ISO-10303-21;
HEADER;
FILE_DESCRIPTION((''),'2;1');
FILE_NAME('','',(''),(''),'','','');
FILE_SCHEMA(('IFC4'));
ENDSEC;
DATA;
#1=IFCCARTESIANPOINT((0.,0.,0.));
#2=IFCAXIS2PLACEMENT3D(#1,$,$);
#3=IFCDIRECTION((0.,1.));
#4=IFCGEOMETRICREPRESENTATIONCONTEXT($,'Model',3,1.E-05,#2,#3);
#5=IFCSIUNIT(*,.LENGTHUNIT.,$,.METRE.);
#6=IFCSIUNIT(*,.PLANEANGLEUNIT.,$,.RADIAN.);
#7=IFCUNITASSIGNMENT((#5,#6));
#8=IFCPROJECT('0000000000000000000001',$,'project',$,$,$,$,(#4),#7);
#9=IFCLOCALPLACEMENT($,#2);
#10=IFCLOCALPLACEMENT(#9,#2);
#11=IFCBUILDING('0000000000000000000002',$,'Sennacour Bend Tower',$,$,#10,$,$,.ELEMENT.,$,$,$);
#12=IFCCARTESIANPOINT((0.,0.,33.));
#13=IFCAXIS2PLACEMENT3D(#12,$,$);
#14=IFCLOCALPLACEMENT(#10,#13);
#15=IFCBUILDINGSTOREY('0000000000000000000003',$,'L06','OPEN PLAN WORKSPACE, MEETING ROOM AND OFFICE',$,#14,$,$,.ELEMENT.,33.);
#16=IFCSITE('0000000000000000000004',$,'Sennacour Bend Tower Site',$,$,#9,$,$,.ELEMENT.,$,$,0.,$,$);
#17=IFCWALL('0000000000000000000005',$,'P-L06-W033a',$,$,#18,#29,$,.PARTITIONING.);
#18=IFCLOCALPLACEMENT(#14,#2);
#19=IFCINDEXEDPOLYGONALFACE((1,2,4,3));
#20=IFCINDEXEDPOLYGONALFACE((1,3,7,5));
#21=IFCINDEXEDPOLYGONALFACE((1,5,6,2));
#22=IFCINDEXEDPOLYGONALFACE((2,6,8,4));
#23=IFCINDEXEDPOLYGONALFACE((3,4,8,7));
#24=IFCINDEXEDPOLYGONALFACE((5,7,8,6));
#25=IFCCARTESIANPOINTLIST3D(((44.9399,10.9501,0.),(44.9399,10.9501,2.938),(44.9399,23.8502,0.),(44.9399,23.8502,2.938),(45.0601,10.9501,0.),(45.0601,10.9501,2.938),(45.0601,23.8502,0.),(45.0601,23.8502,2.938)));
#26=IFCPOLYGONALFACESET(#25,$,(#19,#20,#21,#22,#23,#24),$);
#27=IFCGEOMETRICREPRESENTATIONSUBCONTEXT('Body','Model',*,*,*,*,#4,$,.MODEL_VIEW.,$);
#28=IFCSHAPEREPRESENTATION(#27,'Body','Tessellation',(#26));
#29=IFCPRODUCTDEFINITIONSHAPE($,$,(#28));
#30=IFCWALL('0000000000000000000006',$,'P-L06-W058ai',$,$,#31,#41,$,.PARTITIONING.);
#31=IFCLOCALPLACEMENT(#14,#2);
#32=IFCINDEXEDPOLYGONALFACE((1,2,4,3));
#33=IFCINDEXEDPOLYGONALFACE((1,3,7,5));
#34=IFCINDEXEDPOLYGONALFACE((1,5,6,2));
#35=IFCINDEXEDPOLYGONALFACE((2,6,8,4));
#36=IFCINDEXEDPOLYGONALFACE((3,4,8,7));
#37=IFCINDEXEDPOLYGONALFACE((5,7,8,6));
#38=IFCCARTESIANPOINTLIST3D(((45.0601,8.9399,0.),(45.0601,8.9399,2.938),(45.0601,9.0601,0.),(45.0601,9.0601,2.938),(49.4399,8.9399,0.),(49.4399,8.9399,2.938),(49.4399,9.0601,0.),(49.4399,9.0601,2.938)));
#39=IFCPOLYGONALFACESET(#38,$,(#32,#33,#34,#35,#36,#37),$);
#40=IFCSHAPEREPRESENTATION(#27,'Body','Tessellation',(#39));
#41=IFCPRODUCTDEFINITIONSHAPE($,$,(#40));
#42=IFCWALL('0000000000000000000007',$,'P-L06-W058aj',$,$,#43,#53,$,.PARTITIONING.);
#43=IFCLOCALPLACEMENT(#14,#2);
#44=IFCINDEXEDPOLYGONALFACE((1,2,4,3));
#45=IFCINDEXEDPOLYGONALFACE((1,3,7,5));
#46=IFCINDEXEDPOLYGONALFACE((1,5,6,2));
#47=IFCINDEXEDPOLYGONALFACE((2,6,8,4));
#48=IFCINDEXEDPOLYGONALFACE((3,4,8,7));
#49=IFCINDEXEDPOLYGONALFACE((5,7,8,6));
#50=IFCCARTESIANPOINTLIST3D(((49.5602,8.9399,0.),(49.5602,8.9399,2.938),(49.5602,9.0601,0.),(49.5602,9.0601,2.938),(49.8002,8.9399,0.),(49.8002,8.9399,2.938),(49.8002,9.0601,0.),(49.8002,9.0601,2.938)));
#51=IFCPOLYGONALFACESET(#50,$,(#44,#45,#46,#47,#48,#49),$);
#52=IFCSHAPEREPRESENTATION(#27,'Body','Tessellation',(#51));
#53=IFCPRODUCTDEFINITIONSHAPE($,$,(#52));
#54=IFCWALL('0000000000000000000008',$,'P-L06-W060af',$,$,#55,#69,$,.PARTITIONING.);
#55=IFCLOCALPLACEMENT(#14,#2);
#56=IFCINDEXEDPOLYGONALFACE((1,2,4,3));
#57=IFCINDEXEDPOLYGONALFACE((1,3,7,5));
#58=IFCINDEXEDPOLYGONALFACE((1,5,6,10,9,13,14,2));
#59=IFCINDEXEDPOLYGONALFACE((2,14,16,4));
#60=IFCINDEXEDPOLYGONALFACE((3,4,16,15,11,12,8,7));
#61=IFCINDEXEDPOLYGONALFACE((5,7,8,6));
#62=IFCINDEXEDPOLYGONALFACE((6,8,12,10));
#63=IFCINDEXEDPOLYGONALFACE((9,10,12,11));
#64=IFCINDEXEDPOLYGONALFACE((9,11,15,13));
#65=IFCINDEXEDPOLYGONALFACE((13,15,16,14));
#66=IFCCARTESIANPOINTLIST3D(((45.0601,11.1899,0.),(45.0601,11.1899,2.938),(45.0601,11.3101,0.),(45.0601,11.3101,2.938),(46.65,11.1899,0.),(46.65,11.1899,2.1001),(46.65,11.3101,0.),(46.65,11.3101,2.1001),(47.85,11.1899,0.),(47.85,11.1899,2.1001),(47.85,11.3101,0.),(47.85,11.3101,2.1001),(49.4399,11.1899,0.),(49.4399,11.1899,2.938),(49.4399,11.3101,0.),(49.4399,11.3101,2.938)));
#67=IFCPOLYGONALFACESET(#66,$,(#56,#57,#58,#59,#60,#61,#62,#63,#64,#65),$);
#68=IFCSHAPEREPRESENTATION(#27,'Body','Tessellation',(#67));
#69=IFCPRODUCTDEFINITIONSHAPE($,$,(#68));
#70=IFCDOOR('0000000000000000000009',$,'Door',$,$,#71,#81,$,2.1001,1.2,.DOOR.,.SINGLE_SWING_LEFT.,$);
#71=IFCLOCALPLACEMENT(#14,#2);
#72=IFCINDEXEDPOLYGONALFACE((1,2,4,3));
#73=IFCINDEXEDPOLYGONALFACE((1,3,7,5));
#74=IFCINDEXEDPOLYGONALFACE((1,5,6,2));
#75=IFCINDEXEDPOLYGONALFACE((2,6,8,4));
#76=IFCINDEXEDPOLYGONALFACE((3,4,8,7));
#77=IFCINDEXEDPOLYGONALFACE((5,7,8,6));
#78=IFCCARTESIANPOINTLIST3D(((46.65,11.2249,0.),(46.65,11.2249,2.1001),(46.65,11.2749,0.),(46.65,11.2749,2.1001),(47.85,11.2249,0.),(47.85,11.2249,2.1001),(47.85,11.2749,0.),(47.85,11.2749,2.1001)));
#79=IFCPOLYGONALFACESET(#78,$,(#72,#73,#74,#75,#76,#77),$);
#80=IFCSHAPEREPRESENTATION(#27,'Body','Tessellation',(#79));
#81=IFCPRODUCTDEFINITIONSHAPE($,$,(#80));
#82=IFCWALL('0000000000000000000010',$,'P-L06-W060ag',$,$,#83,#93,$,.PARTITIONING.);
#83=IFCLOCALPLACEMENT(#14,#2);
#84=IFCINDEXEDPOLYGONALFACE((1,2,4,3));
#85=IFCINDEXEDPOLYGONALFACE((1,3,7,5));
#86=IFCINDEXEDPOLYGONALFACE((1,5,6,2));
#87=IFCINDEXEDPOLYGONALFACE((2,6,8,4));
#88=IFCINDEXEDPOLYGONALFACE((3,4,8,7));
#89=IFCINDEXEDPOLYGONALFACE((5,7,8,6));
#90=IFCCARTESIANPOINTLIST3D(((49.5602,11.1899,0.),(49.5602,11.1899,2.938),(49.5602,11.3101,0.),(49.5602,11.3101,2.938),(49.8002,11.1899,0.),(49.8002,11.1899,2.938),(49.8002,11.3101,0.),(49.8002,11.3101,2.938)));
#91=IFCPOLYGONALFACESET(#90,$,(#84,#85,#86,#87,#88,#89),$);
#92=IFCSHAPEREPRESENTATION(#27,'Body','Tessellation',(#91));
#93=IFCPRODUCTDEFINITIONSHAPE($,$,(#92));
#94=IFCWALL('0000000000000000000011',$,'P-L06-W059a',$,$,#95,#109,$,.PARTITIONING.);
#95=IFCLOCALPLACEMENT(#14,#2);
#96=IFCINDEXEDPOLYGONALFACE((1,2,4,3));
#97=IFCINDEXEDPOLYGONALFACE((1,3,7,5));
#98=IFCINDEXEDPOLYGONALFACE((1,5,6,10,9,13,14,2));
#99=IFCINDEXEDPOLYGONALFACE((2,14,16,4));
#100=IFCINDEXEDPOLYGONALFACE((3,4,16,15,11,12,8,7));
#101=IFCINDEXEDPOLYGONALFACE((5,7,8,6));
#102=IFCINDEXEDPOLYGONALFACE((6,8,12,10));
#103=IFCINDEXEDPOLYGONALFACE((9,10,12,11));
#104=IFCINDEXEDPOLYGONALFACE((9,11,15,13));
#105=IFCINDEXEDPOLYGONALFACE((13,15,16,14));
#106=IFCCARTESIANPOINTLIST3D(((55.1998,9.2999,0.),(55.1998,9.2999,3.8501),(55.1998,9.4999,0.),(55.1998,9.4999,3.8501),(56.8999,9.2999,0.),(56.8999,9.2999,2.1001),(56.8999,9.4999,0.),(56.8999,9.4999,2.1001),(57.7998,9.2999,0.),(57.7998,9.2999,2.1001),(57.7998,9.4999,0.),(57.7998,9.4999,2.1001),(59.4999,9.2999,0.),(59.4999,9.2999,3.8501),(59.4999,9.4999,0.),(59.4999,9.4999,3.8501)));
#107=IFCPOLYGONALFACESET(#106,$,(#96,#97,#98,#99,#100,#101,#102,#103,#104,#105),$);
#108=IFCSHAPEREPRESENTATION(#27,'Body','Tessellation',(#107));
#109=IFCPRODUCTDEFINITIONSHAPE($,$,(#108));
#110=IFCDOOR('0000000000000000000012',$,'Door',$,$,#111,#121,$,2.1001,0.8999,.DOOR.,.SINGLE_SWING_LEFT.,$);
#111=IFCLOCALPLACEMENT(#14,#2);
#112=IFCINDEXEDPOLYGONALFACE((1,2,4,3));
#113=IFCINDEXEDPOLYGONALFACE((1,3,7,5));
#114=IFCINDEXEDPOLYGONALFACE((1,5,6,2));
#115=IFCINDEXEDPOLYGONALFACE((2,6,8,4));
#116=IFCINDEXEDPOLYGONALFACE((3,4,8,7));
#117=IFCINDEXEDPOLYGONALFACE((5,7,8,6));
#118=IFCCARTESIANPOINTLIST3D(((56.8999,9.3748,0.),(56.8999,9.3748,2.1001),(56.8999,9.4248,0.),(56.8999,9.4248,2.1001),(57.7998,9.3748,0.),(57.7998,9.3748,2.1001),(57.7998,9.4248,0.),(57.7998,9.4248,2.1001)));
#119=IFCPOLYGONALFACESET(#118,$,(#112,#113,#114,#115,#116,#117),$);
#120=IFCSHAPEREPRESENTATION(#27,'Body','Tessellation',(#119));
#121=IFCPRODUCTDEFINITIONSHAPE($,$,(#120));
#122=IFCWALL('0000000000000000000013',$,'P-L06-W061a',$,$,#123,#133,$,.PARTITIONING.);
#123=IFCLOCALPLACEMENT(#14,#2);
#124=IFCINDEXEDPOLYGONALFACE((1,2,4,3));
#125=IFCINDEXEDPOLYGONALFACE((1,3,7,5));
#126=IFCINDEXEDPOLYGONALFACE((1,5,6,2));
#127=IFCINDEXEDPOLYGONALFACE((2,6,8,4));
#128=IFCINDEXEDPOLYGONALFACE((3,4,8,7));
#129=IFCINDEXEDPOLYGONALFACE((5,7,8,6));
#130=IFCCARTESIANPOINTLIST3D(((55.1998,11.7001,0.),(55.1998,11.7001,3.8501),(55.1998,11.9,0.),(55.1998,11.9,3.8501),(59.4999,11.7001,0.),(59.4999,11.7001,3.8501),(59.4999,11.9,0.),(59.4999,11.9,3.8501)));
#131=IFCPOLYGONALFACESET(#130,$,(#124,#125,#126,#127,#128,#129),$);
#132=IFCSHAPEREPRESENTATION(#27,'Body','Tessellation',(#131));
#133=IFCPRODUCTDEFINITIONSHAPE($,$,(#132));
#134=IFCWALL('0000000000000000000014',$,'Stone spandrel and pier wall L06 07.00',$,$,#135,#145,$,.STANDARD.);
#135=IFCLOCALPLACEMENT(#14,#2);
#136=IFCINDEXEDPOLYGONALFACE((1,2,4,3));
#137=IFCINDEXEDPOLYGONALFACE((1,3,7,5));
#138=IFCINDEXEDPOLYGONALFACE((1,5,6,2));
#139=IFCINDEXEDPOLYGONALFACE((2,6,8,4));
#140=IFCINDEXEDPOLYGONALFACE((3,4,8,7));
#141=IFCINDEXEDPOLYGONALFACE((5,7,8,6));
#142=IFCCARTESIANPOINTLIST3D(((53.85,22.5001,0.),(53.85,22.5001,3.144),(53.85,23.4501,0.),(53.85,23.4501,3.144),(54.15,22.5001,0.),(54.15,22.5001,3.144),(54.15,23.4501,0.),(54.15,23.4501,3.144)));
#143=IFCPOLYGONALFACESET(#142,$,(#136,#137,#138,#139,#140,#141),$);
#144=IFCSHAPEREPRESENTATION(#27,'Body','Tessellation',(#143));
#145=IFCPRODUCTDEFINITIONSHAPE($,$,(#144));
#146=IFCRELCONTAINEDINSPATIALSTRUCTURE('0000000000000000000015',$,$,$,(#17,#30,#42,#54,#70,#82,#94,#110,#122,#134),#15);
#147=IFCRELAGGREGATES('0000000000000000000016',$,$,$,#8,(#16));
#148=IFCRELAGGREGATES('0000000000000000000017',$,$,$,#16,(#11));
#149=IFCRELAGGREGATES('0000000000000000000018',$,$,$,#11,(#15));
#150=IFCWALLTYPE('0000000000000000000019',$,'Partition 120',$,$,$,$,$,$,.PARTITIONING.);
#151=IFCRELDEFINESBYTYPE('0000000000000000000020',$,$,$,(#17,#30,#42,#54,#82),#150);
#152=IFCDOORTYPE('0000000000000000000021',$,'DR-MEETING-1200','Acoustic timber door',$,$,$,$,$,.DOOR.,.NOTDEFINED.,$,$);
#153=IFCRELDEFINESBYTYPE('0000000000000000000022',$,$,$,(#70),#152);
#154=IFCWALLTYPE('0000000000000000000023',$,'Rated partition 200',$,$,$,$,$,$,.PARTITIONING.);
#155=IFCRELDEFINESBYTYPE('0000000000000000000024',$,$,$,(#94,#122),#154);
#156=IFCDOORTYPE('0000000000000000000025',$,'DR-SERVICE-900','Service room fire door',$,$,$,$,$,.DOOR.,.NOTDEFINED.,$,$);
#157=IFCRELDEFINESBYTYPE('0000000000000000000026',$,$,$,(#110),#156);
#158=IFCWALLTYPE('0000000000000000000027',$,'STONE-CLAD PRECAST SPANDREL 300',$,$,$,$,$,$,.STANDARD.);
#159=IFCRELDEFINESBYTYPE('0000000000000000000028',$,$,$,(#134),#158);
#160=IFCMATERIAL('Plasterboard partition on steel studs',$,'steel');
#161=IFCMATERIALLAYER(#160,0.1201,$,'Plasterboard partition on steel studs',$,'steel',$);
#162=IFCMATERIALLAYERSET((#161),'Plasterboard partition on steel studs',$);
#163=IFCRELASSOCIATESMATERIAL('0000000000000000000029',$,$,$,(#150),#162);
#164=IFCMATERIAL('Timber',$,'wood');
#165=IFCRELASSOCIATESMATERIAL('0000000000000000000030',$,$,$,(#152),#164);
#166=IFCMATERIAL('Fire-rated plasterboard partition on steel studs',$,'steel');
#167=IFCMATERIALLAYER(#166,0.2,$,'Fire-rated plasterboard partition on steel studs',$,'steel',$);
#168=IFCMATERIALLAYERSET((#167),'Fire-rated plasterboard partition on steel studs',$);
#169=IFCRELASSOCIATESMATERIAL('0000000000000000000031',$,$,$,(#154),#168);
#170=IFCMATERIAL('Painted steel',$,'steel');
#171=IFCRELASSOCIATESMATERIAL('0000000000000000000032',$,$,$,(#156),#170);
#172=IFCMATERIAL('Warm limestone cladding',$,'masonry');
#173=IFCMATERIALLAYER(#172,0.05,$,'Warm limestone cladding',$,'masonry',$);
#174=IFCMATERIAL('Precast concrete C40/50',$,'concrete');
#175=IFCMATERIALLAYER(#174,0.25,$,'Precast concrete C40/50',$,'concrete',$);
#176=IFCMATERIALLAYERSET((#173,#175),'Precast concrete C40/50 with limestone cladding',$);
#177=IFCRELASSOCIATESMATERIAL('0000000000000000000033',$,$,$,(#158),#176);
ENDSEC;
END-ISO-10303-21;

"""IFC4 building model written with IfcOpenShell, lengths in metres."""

from ifc_helpers import new_model, si_unit, direction, frame, frame_2d, origin, place, context, subcontext, project, spatial, rectangle, extrude, material, layer, layer_set, type_object, element, fill, save


model = new_model("IFC4")

# Units and contexts
model_context = context("Model", 3, precision=1e-05, world=origin(), true_north=direction((0.0, 1.0)))
body_context = subcontext(model_context, "Body", "Model", "MODEL_VIEW")
ifc_project = project(units=[si_unit("LENGTHUNIT", "METRE"), si_unit("PLANEANGLEUNIT", "RADIAN")], contexts=[model_context])

# Site, building, storey
site_placement = place(None, origin())
site = spatial("IfcSite", under=ifc_project, at=site_placement, Name="Sennacour Bend Tower Site", CompositionType="ELEMENT", RefElevation=0.0)
building_placement = place(site_placement, origin())
building = spatial("IfcBuilding", under=site, at=building_placement, Name="Sennacour Bend Tower", CompositionType="ELEMENT")
storey_placement = place(building_placement, frame((0.0, 0.0, 33.0)))
storey = spatial("IfcBuildingStorey", under=building, at=storey_placement, Name="L06", Description="OPEN PLAN WORKSPACE, MEETING ROOM AND OFFICE", CompositionType="ELEMENT", Elevation=33.0)

# Walls
ifc_material_1 = material(Name="Plasterboard partition on steel studs", Category="steel")
ifc_layer_1 = layer(ifc_material_1, 0.1201, Name="Plasterboard partition on steel studs", Category="steel")
ifc_layer_set_1 = layer_set([ifc_layer_1], Name="Plasterboard partition on steel studs")
wall_type_1 = type_object("IfcWallType", Name="Partition 120", PredefinedType="PARTITIONING", material=ifc_layer_set_1)
wall_1_placement = place(storey_placement, frame((45.0, 10.95, 0.0), z_axis=(0.0, 0.0, 1.0), x_axis=(0.0, 1.0, 0.0)))
element("IfcWall", 1, at=wall_1_placement, inside=storey, type_object=wall_type_1, Name="P-L06-W033a", PredefinedType="PARTITIONING", context=body_context, shape_type="SweptSolid", body=[
    extrude(rectangle(XDim=12.9001, YDim=0.1201, at=frame_2d((6.4502, 0.0))), origin(), (0.0, 0.0, 1.0), 2.938),
])
wall_2_placement = place(storey_placement, frame((45.0601, 9.0, 0.0), z_axis=(0.0, 0.0, 1.0), x_axis=(1.0, 0.0, 0.0)))
element("IfcWall", 2, at=wall_2_placement, inside=storey, type_object=wall_type_1, Name="P-L06-W058ai", PredefinedType="PARTITIONING", context=body_context, shape_type="SweptSolid", body=[
    extrude(rectangle(XDim=4.3799, YDim=0.1201, at=frame_2d((2.1899, 0.0))), origin(), (0.0, 0.0, 1.0), 2.938),
])
wall_3_placement = place(storey_placement, frame((49.5601, 9.0, 0.0), z_axis=(0.0, 0.0, 1.0), x_axis=(1.0, 0.0, 0.0)))
element("IfcWall", 3, at=wall_3_placement, inside=storey, type_object=wall_type_1, Name="P-L06-W058aj", PredefinedType="PARTITIONING", context=body_context, shape_type="SweptSolid", body=[
    extrude(rectangle(XDim=0.24, YDim=0.1201, at=frame_2d((0.1201, 0.0))), origin(), (0.0, 0.0, 1.0), 2.938),
])

# Wall, opening, door
wall_4_placement = place(storey_placement, frame((45.0601, 11.25, 0.0), z_axis=(0.0, 0.0, 1.0), x_axis=(1.0, 0.0, 0.0)))
wall_4 = element("IfcWall", 4, at=wall_4_placement, inside=storey, type_object=wall_type_1, Name="P-L06-W060af", PredefinedType="PARTITIONING", context=body_context, shape_type="SweptSolid", body=[
    extrude(rectangle(XDim=4.3799, YDim=0.1201, at=frame_2d((2.1899, 0.0))), origin(), (0.0, 0.0, 1.0), 2.938),
])
opening_1_placement = place(wall_4_placement, frame((1.5898, 0.0, 0.0)))
opening_1 = element("IfcOpeningElement", 5, at=opening_1_placement, cuts=wall_4, PredefinedType="OPENING", context=body_context, shape_type="SweptSolid", body=[
    extrude(rectangle(XDim=1.2, YDim=2.1001, at=frame_2d((0.6001, 1.05))), frame((0.0, 0.0701, 0.0), z_axis=(0.0, -1.0, 0.0), x_axis=(1.0, 0.0, 0.0)), (0.0, 0.0, 1.0), 0.1401),
])
ifc_material_2 = material(Name="Timber", Category="wood")
door_type_1 = type_object("IfcDoorType", Name="DR-MEETING-1200", Description="Acoustic timber door", OperationType="NOTDEFINED", PredefinedType="DOOR", material=ifc_material_2)
door_1_placement = place(opening_1_placement, origin())
door_1 = element("IfcDoor", 6, at=door_1_placement, inside=storey, type_object=door_type_1, Name="Door", OperationType="SINGLE_SWING_LEFT", OverallHeight=2.1001, OverallWidth=1.2, PredefinedType="DOOR", context=body_context, shape_type="SweptSolid", body=[
    extrude(rectangle(XDim=1.2, YDim=2.1001, at=frame_2d((0.6001, 1.05))), frame((0.0, 0.0249, 0.0), z_axis=(0.0, -1.0, 0.0), x_axis=(1.0, 0.0, 0.0)), (0.0, 0.0, 1.0), 0.05),
])
fill(opening_1, door_1)

# Wall
wall_5_placement = place(storey_placement, frame((49.5601, 11.25, 0.0), z_axis=(0.0, 0.0, 1.0), x_axis=(1.0, 0.0, 0.0)))
element("IfcWall", 7, at=wall_5_placement, inside=storey, type_object=wall_type_1, Name="P-L06-W060ag", PredefinedType="PARTITIONING", context=body_context, shape_type="SweptSolid", body=[
    extrude(rectangle(XDim=0.24, YDim=0.1201, at=frame_2d((0.1201, 0.0))), origin(), (0.0, 0.0, 1.0), 2.938),
])

# Wall, opening, door
ifc_material_3 = material(Name="Fire-rated plasterboard partition on steel studs", Category="steel")
ifc_layer_2 = layer(ifc_material_3, 0.2, Name="Fire-rated plasterboard partition on steel studs", Category="steel")
ifc_layer_set_2 = layer_set([ifc_layer_2], Name="Fire-rated plasterboard partition on steel studs")
wall_type_2 = type_object("IfcWallType", Name="Rated partition 200", PredefinedType="PARTITIONING", material=ifc_layer_set_2)
wall_6_placement = place(storey_placement, frame((55.2, 9.3999, 0.0), z_axis=(0.0, 0.0, 1.0), x_axis=(1.0, 0.0, 0.0)))
wall_6 = element("IfcWall", 8, at=wall_6_placement, inside=storey, type_object=wall_type_2, Name="P-L06-W059a", PredefinedType="PARTITIONING", context=body_context, shape_type="SweptSolid", body=[
    extrude(rectangle(XDim=4.3, YDim=0.2, at=frame_2d((2.1499, 0.0))), origin(), (0.0, 0.0, 1.0), 3.8501),
])
opening_2_placement = place(wall_6_placement, frame((1.7, 0.0, 0.0)))
opening_2 = element("IfcOpeningElement", 9, at=opening_2_placement, cuts=wall_6, PredefinedType="OPENING", context=body_context, shape_type="SweptSolid", body=[
    extrude(rectangle(XDim=0.8999, YDim=2.1001, at=frame_2d((0.45, 1.05))), frame((0.0, 0.1099, 0.0), z_axis=(0.0, -1.0, 0.0), x_axis=(1.0, 0.0, 0.0)), (0.0, 0.0, 1.0), 0.22),
])
ifc_material_4 = material(Name="Painted steel", Category="steel")
door_type_2 = type_object("IfcDoorType", Name="DR-SERVICE-900", Description="Service room fire door", OperationType="NOTDEFINED", PredefinedType="DOOR", material=ifc_material_4)
door_2_placement = place(opening_2_placement, origin())
door_2 = element("IfcDoor", 10, at=door_2_placement, inside=storey, type_object=door_type_2, Name="Door", OperationType="SINGLE_SWING_LEFT", OverallHeight=2.1001, OverallWidth=0.8999, PredefinedType="DOOR", context=body_context, shape_type="SweptSolid", body=[
    extrude(rectangle(XDim=0.8999, YDim=2.1001, at=frame_2d((0.45, 1.05))), frame((0.0, 0.0249, 0.0), z_axis=(0.0, -1.0, 0.0), x_axis=(1.0, 0.0, 0.0)), (0.0, 0.0, 1.0), 0.05),
])
fill(opening_2, door_2)

# Walls
wall_7_placement = place(storey_placement, frame((55.2, 11.8, 0.0), z_axis=(0.0, 0.0, 1.0), x_axis=(1.0, 0.0, 0.0)))
element("IfcWall", 11, at=wall_7_placement, inside=storey, type_object=wall_type_2, Name="P-L06-W061a", PredefinedType="PARTITIONING", context=body_context, shape_type="SweptSolid", body=[
    extrude(rectangle(XDim=4.3, YDim=0.2, at=frame_2d((2.1499, 0.0))), origin(), (0.0, 0.0, 1.0), 3.8501),
])
ifc_material_5 = material(Name="Warm limestone cladding", Category="masonry")
ifc_layer_3 = layer(ifc_material_5, 0.05, Name="Warm limestone cladding", Category="masonry")
ifc_material_6 = material(Name="Precast concrete C40/50", Category="concrete")
ifc_layer_4 = layer(ifc_material_6, 0.25, Name="Precast concrete C40/50", Category="concrete")
ifc_layer_set_3 = layer_set([ifc_layer_3, ifc_layer_4], Name="Precast concrete C40/50 with limestone cladding")
wall_type_3 = type_object("IfcWallType", Name="STONE-CLAD PRECAST SPANDREL 300", PredefinedType="STANDARD", material=ifc_layer_set_3)
wall_8_placement = place(storey_placement, frame((54.0, 22.5, 0.0), z_axis=(0.0, 0.0, 1.0), x_axis=(0.0, 1.0, 0.0)))
element("IfcWall", 12, at=wall_8_placement, inside=storey, type_object=wall_type_3, Name="Stone spandrel and pier wall L06 07.00", PredefinedType="STANDARD", context=body_context, shape_type="SweptSolid", body=[
    extrude(rectangle(XDim=0.95, YDim=0.3, at=frame_2d((0.4751, 0.0))), origin(), (0.0, 0.0, 1.0), 3.144),
])

save(model, "model.ifc")
